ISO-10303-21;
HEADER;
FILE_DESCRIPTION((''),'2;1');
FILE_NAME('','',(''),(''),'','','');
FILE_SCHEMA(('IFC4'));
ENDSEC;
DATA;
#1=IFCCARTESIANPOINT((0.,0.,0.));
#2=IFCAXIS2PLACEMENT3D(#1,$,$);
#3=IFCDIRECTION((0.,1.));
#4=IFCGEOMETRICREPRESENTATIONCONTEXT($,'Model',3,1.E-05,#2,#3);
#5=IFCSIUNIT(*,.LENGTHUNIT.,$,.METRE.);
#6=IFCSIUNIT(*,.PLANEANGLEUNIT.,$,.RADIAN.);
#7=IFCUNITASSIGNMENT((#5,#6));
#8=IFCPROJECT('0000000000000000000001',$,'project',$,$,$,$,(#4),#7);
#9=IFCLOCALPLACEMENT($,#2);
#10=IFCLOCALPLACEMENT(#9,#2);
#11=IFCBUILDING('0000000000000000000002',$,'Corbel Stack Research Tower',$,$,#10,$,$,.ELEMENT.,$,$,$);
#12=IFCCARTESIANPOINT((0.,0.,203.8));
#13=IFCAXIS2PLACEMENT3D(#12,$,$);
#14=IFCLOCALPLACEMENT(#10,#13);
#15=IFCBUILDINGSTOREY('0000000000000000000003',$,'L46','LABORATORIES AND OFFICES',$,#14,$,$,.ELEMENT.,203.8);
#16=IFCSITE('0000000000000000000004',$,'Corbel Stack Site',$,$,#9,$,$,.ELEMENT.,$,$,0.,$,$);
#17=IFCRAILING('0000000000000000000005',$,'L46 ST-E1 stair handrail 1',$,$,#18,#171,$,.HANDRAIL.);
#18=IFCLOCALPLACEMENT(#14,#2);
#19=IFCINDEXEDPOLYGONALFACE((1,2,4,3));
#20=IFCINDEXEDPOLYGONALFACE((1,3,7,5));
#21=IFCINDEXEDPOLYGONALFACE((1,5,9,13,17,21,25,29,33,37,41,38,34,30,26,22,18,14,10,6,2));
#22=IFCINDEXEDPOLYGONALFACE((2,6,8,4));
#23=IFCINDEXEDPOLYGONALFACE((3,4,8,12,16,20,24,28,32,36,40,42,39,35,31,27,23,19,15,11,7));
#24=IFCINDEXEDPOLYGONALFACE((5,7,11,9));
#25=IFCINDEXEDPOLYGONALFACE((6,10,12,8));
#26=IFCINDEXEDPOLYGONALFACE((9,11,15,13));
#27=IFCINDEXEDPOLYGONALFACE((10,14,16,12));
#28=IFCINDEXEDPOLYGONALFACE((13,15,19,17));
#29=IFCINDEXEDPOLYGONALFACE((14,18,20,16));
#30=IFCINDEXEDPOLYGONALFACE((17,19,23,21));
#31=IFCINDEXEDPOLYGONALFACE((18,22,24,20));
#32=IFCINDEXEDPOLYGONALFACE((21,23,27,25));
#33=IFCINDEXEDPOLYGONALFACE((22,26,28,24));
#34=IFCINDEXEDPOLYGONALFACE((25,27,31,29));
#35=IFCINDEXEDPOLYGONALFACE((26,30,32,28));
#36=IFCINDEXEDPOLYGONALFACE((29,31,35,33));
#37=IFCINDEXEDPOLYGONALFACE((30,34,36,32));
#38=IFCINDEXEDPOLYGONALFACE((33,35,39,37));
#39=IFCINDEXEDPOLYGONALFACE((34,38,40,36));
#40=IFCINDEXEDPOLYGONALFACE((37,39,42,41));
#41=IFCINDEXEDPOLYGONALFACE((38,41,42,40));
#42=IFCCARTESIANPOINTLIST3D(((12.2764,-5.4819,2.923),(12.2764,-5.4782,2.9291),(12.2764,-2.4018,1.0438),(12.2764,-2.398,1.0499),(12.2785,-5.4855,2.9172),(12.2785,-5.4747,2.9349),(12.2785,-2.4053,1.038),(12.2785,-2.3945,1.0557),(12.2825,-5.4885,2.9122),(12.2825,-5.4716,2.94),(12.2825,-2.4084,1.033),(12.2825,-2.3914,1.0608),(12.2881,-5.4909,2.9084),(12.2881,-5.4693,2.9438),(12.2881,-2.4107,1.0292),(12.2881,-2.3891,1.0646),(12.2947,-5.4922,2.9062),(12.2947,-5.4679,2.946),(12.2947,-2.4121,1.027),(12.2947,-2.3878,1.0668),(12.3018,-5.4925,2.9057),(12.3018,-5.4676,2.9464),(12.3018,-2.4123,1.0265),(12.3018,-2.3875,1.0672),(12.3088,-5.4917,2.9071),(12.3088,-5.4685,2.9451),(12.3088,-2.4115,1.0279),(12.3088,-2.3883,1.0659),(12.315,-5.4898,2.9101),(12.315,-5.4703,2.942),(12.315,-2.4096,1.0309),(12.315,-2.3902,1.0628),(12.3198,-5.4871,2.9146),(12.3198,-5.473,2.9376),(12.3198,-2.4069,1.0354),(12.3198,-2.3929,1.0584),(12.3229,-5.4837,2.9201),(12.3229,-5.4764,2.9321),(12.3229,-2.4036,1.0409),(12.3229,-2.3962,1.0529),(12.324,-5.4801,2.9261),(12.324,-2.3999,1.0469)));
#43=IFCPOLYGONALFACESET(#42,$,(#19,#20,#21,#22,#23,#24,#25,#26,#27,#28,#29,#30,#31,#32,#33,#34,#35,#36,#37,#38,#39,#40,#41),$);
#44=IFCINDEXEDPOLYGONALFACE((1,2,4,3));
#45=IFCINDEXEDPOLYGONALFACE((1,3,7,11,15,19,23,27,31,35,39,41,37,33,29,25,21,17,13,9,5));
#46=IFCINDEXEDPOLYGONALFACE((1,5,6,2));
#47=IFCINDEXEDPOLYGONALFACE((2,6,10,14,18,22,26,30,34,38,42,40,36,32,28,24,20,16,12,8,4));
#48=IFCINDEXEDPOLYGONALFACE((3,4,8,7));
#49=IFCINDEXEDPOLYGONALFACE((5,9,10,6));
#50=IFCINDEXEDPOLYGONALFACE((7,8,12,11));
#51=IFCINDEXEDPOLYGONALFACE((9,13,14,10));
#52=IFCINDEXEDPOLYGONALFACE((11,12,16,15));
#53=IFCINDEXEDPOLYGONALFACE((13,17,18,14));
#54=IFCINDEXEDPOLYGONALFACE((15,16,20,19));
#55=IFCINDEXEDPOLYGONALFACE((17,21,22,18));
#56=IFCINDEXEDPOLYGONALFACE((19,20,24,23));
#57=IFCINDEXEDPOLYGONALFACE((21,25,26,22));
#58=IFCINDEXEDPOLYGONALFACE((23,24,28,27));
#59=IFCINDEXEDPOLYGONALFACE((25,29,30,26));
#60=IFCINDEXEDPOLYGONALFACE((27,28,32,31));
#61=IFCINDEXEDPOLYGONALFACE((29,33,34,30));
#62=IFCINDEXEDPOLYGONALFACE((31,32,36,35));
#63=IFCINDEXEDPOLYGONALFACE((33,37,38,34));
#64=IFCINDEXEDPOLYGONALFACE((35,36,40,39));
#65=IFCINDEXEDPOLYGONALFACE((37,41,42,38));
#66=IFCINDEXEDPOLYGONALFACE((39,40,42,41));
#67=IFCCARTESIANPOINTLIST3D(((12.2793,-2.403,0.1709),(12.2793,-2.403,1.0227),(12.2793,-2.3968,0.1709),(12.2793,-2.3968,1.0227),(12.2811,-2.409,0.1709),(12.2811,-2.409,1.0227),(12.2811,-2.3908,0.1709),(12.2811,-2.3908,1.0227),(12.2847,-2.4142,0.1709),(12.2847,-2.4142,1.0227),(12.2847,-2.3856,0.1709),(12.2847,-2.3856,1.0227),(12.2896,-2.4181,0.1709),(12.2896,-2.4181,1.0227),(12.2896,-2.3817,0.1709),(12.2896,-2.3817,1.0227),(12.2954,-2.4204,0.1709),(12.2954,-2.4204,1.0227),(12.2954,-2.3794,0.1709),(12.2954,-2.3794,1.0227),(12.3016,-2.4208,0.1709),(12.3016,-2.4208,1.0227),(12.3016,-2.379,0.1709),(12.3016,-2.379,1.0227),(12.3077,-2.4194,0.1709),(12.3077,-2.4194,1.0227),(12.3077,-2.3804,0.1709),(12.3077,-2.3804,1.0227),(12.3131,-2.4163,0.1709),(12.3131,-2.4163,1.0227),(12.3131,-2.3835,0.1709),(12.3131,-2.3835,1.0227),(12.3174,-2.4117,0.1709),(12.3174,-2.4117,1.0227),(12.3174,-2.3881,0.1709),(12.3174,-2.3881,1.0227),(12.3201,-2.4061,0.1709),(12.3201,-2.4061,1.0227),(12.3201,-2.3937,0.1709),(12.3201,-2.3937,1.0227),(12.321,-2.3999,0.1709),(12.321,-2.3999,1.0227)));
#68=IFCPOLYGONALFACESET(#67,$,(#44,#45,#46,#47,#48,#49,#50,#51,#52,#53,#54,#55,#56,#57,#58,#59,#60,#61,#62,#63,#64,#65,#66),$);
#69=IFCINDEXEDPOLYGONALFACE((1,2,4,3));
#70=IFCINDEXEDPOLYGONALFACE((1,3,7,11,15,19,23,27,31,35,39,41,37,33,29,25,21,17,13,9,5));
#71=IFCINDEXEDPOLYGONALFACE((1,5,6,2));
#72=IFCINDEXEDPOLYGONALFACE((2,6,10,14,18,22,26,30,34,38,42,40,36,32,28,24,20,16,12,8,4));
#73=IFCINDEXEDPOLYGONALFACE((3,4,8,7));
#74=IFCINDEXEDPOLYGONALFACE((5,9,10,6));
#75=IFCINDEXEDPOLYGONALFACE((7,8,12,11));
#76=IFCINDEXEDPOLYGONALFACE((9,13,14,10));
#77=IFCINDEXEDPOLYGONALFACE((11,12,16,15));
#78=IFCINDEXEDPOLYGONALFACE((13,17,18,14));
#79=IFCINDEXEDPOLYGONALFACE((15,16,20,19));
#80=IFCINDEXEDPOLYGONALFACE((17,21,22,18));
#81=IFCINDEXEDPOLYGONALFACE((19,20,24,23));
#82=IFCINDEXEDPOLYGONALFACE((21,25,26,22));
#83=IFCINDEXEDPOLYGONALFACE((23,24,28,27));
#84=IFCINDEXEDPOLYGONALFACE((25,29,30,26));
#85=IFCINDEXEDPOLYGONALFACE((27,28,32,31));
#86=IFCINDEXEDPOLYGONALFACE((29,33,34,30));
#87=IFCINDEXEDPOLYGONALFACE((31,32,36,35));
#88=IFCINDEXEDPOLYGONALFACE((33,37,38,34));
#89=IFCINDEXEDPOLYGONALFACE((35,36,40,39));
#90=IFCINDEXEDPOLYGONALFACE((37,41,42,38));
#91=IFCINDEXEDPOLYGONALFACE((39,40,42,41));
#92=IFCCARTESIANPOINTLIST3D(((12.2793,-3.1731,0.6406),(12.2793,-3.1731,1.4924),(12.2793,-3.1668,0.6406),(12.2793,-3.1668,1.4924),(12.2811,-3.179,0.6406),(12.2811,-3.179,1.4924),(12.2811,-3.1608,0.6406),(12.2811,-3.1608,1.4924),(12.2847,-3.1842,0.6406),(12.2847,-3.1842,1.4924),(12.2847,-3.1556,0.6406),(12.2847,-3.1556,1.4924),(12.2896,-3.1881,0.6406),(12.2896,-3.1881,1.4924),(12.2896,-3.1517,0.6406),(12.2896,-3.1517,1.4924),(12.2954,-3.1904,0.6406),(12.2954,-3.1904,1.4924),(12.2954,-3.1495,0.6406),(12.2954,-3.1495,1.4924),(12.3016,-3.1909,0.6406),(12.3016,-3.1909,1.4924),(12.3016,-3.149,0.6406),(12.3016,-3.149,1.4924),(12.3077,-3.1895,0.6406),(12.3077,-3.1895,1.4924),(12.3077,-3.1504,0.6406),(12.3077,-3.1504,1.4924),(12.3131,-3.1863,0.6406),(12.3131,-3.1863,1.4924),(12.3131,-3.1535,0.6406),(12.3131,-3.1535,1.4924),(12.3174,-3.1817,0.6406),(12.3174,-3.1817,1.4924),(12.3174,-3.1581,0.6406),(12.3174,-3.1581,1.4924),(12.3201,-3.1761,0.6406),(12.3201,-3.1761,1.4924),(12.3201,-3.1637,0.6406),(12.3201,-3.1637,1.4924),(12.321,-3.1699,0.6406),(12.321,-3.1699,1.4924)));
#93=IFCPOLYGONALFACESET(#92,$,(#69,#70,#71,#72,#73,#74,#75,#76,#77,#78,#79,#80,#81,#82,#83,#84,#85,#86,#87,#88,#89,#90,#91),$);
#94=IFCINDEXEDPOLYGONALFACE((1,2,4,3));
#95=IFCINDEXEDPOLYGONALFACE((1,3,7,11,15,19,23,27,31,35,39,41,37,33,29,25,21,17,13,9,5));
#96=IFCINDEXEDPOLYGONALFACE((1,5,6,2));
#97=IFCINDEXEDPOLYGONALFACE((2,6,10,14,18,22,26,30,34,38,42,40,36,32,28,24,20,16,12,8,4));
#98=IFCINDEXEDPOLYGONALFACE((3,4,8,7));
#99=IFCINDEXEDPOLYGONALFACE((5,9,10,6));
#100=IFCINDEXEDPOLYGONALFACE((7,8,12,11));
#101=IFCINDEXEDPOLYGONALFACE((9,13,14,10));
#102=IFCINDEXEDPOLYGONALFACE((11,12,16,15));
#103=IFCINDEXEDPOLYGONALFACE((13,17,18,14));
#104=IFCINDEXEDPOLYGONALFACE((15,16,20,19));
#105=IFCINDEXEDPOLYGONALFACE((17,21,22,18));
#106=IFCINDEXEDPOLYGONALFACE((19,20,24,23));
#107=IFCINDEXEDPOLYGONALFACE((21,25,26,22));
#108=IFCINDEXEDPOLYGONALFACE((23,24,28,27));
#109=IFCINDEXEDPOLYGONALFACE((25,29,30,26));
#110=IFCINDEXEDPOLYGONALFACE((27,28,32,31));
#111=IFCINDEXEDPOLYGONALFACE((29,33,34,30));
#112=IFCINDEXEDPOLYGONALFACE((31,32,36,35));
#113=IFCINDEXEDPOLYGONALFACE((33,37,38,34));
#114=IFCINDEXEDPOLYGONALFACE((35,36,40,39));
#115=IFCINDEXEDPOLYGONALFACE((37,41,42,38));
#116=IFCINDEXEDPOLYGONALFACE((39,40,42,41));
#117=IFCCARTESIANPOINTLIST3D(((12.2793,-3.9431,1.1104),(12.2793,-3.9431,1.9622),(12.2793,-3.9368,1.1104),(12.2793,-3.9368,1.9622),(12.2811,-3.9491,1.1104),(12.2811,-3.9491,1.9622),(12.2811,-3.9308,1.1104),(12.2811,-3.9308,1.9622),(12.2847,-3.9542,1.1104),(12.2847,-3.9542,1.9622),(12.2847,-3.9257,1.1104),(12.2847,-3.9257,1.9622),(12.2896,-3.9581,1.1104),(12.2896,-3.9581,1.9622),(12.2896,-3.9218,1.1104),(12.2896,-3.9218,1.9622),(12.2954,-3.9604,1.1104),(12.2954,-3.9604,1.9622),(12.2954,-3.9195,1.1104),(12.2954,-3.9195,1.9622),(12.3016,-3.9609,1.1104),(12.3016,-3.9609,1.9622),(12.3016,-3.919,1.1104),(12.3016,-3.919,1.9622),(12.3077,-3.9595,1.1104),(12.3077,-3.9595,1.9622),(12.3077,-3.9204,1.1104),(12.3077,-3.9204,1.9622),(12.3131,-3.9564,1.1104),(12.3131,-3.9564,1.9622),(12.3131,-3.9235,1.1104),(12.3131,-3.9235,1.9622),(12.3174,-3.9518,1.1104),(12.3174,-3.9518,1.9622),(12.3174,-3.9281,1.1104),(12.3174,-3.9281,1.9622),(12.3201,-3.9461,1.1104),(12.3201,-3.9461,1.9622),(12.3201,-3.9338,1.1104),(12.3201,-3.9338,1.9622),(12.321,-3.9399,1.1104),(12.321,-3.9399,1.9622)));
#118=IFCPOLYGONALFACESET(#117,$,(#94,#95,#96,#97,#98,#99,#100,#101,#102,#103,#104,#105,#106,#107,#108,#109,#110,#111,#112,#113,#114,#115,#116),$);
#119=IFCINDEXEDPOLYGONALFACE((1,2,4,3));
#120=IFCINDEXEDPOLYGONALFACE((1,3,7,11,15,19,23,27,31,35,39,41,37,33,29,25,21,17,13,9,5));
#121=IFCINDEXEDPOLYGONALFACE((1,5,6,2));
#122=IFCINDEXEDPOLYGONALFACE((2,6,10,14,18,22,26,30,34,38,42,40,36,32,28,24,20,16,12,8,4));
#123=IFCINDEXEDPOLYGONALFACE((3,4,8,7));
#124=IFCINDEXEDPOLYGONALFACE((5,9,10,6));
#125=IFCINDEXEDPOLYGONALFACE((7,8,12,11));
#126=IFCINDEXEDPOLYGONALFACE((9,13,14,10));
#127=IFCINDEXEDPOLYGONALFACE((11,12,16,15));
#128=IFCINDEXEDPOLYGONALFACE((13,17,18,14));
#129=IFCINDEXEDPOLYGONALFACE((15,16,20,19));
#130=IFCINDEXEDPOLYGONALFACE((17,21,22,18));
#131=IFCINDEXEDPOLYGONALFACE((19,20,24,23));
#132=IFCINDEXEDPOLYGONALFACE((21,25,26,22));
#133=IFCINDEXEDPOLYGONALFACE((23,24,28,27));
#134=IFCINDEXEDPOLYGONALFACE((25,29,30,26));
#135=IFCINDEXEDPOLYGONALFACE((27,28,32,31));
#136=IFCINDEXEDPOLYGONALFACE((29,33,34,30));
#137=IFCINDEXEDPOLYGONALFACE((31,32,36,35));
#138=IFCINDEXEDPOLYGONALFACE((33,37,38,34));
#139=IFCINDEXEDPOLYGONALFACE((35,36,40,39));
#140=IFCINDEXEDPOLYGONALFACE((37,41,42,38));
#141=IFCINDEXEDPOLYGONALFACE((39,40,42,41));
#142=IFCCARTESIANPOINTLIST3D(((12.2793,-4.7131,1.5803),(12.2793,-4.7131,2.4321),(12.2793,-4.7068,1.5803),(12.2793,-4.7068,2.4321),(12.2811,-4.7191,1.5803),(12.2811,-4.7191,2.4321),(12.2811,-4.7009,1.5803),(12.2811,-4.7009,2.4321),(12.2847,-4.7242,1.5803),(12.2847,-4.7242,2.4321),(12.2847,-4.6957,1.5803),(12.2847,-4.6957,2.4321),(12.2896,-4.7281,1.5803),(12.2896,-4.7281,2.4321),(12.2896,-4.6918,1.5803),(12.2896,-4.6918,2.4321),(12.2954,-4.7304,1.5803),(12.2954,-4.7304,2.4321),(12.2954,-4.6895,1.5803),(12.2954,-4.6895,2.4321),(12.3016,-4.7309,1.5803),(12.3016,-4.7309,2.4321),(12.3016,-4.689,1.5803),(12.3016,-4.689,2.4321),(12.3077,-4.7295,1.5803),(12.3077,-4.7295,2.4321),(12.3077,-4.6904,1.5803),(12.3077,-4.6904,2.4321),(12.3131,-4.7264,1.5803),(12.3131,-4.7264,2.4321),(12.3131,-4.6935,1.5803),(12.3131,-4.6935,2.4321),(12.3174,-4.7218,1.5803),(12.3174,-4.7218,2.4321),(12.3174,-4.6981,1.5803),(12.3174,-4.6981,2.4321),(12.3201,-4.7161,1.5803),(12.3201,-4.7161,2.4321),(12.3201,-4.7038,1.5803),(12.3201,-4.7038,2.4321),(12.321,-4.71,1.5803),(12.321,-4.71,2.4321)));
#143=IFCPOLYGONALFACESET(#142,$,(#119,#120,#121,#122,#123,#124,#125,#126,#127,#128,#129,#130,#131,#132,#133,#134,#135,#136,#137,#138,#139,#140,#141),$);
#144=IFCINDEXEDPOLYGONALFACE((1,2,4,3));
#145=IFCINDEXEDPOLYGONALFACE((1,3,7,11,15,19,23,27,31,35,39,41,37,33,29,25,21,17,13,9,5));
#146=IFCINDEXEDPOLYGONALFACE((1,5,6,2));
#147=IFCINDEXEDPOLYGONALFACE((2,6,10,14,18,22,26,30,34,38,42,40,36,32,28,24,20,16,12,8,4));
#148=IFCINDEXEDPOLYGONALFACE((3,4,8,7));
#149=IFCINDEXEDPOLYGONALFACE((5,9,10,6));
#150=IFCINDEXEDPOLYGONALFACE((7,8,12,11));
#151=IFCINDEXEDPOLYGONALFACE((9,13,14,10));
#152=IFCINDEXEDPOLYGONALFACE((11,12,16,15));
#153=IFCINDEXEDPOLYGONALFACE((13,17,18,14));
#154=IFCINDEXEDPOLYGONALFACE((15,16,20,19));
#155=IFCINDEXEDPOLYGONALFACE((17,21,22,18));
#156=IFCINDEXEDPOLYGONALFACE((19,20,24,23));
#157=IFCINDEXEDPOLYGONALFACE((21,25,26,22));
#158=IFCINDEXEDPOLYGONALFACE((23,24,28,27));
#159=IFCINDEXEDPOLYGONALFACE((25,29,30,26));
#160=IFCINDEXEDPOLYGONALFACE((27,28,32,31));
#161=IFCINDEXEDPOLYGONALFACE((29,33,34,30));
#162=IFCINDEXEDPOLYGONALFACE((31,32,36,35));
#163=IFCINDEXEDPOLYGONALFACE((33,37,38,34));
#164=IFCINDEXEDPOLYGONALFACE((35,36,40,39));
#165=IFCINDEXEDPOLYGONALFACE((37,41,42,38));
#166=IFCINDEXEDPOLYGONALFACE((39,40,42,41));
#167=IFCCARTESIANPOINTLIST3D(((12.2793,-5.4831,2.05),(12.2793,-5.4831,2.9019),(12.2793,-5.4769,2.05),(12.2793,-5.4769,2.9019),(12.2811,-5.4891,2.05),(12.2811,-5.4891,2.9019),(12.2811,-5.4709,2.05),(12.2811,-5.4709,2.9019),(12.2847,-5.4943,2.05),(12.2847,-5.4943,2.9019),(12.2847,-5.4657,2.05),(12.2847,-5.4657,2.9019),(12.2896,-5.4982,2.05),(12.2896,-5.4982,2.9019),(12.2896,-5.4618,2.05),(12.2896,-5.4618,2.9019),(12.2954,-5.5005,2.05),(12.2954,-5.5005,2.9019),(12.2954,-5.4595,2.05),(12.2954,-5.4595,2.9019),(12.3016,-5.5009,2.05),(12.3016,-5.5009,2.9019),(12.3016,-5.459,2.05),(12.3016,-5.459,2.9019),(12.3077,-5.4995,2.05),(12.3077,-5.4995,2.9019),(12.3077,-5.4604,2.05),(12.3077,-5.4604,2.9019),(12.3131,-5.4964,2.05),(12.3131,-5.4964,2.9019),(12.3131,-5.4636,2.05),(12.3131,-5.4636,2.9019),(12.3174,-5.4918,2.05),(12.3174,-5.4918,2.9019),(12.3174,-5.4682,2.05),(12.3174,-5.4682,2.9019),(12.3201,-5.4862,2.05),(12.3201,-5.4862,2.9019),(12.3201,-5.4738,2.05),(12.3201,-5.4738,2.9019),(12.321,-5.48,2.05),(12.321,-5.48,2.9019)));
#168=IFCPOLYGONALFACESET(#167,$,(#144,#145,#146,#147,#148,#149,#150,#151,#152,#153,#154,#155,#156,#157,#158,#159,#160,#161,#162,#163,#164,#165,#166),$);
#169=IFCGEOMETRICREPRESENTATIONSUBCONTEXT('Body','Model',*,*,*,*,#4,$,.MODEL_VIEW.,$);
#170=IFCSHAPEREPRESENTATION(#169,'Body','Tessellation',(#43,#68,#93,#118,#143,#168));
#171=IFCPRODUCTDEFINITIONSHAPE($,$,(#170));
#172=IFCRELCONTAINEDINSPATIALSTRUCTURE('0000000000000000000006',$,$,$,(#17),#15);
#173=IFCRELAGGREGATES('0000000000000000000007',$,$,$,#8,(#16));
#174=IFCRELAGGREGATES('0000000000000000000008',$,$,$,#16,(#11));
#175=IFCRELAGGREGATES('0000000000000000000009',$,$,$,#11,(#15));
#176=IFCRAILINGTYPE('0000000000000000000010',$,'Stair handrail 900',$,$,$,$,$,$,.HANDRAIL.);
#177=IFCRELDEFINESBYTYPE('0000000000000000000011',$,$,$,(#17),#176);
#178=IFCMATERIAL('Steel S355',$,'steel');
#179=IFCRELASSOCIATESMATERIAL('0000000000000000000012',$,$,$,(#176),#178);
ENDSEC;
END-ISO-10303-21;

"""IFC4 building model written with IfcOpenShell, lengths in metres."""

from ifc_helpers import new_model, si_unit, direction, frame, origin, origin_2d, place, context, subcontext, project, spatial, circle, extrude, material, type_object, element, save


model = new_model("IFC4")

# Units and contexts
model_context = context("Model", 3, precision=1e-05, world=origin(), true_north=direction((0.0, 1.0)))
body_context = subcontext(model_context, "Body", "Model", "MODEL_VIEW")
ifc_project = project(units=[si_unit("LENGTHUNIT", "METRE"), si_unit("PLANEANGLEUNIT", "RADIAN")], contexts=[model_context])

# Site, building, storey
site_placement = place(None, origin())
site = spatial("IfcSite", under=ifc_project, at=site_placement, Name="Corbel Stack Site", CompositionType="ELEMENT", RefElevation=0.0)
building_placement = place(site_placement, origin())
building = spatial("IfcBuilding", under=site, at=building_placement, Name="Corbel Stack Research Tower", CompositionType="ELEMENT")
storey_placement = place(building_placement, frame((0.0, 0.0, 203.8)))
storey = spatial("IfcBuildingStorey", under=building, at=storey_placement, Name="L46", Description="LABORATORIES AND OFFICES", CompositionType="ELEMENT", Elevation=203.8)

# Railing
ifc_material_1 = material(Name="Steel S355", Category="steel")
railing_type_1 = type_object("IfcRailingType", Name="Stair handrail 900", PredefinedType="HANDRAIL", material=ifc_material_1)
railing_1_placement = place(storey_placement, frame((12.3, -2.3999, 0.1709)))
element("IfcRailing", 1, at=railing_1_placement, inside=storey, type_object=railing_type_1, Name="L46 ST-E1 stair handrail 1", PredefinedType="HANDRAIL", context=body_context, shape_type="SweptSolid", body=[
    extrude(circle(Radius=0.0239, at=origin_2d()), frame((0.0, 0.0, 0.876), z_axis=(0.0, -0.853666, 0.52082), x_axis=(1.0, 0.0, 0.0)), (0.0, 0.0, 1.0), 3.6082),
    extrude(circle(Radius=0.021, at=origin_2d()), origin(), (0.0, 0.0, 1.0), 0.8518),
    extrude(circle(Radius=0.021, at=origin_2d()), frame((0.0, -0.77, 0.4697)), (0.0, 0.0, 1.0), 0.8518),
    extrude(circle(Radius=0.021, at=origin_2d()), frame((0.0, -1.54, 0.9395)), (0.0, 0.0, 1.0), 0.8518),
    extrude(circle(Radius=0.021, at=origin_2d()), frame((0.0, -2.3101, 1.4094)), (0.0, 0.0, 1.0), 0.8518),
    extrude(circle(Radius=0.021, at=origin_2d()), frame((0.0, -3.0801, 1.8792)), (0.0, 0.0, 1.0), 0.8518),
])

save(model, "model.ifc")
